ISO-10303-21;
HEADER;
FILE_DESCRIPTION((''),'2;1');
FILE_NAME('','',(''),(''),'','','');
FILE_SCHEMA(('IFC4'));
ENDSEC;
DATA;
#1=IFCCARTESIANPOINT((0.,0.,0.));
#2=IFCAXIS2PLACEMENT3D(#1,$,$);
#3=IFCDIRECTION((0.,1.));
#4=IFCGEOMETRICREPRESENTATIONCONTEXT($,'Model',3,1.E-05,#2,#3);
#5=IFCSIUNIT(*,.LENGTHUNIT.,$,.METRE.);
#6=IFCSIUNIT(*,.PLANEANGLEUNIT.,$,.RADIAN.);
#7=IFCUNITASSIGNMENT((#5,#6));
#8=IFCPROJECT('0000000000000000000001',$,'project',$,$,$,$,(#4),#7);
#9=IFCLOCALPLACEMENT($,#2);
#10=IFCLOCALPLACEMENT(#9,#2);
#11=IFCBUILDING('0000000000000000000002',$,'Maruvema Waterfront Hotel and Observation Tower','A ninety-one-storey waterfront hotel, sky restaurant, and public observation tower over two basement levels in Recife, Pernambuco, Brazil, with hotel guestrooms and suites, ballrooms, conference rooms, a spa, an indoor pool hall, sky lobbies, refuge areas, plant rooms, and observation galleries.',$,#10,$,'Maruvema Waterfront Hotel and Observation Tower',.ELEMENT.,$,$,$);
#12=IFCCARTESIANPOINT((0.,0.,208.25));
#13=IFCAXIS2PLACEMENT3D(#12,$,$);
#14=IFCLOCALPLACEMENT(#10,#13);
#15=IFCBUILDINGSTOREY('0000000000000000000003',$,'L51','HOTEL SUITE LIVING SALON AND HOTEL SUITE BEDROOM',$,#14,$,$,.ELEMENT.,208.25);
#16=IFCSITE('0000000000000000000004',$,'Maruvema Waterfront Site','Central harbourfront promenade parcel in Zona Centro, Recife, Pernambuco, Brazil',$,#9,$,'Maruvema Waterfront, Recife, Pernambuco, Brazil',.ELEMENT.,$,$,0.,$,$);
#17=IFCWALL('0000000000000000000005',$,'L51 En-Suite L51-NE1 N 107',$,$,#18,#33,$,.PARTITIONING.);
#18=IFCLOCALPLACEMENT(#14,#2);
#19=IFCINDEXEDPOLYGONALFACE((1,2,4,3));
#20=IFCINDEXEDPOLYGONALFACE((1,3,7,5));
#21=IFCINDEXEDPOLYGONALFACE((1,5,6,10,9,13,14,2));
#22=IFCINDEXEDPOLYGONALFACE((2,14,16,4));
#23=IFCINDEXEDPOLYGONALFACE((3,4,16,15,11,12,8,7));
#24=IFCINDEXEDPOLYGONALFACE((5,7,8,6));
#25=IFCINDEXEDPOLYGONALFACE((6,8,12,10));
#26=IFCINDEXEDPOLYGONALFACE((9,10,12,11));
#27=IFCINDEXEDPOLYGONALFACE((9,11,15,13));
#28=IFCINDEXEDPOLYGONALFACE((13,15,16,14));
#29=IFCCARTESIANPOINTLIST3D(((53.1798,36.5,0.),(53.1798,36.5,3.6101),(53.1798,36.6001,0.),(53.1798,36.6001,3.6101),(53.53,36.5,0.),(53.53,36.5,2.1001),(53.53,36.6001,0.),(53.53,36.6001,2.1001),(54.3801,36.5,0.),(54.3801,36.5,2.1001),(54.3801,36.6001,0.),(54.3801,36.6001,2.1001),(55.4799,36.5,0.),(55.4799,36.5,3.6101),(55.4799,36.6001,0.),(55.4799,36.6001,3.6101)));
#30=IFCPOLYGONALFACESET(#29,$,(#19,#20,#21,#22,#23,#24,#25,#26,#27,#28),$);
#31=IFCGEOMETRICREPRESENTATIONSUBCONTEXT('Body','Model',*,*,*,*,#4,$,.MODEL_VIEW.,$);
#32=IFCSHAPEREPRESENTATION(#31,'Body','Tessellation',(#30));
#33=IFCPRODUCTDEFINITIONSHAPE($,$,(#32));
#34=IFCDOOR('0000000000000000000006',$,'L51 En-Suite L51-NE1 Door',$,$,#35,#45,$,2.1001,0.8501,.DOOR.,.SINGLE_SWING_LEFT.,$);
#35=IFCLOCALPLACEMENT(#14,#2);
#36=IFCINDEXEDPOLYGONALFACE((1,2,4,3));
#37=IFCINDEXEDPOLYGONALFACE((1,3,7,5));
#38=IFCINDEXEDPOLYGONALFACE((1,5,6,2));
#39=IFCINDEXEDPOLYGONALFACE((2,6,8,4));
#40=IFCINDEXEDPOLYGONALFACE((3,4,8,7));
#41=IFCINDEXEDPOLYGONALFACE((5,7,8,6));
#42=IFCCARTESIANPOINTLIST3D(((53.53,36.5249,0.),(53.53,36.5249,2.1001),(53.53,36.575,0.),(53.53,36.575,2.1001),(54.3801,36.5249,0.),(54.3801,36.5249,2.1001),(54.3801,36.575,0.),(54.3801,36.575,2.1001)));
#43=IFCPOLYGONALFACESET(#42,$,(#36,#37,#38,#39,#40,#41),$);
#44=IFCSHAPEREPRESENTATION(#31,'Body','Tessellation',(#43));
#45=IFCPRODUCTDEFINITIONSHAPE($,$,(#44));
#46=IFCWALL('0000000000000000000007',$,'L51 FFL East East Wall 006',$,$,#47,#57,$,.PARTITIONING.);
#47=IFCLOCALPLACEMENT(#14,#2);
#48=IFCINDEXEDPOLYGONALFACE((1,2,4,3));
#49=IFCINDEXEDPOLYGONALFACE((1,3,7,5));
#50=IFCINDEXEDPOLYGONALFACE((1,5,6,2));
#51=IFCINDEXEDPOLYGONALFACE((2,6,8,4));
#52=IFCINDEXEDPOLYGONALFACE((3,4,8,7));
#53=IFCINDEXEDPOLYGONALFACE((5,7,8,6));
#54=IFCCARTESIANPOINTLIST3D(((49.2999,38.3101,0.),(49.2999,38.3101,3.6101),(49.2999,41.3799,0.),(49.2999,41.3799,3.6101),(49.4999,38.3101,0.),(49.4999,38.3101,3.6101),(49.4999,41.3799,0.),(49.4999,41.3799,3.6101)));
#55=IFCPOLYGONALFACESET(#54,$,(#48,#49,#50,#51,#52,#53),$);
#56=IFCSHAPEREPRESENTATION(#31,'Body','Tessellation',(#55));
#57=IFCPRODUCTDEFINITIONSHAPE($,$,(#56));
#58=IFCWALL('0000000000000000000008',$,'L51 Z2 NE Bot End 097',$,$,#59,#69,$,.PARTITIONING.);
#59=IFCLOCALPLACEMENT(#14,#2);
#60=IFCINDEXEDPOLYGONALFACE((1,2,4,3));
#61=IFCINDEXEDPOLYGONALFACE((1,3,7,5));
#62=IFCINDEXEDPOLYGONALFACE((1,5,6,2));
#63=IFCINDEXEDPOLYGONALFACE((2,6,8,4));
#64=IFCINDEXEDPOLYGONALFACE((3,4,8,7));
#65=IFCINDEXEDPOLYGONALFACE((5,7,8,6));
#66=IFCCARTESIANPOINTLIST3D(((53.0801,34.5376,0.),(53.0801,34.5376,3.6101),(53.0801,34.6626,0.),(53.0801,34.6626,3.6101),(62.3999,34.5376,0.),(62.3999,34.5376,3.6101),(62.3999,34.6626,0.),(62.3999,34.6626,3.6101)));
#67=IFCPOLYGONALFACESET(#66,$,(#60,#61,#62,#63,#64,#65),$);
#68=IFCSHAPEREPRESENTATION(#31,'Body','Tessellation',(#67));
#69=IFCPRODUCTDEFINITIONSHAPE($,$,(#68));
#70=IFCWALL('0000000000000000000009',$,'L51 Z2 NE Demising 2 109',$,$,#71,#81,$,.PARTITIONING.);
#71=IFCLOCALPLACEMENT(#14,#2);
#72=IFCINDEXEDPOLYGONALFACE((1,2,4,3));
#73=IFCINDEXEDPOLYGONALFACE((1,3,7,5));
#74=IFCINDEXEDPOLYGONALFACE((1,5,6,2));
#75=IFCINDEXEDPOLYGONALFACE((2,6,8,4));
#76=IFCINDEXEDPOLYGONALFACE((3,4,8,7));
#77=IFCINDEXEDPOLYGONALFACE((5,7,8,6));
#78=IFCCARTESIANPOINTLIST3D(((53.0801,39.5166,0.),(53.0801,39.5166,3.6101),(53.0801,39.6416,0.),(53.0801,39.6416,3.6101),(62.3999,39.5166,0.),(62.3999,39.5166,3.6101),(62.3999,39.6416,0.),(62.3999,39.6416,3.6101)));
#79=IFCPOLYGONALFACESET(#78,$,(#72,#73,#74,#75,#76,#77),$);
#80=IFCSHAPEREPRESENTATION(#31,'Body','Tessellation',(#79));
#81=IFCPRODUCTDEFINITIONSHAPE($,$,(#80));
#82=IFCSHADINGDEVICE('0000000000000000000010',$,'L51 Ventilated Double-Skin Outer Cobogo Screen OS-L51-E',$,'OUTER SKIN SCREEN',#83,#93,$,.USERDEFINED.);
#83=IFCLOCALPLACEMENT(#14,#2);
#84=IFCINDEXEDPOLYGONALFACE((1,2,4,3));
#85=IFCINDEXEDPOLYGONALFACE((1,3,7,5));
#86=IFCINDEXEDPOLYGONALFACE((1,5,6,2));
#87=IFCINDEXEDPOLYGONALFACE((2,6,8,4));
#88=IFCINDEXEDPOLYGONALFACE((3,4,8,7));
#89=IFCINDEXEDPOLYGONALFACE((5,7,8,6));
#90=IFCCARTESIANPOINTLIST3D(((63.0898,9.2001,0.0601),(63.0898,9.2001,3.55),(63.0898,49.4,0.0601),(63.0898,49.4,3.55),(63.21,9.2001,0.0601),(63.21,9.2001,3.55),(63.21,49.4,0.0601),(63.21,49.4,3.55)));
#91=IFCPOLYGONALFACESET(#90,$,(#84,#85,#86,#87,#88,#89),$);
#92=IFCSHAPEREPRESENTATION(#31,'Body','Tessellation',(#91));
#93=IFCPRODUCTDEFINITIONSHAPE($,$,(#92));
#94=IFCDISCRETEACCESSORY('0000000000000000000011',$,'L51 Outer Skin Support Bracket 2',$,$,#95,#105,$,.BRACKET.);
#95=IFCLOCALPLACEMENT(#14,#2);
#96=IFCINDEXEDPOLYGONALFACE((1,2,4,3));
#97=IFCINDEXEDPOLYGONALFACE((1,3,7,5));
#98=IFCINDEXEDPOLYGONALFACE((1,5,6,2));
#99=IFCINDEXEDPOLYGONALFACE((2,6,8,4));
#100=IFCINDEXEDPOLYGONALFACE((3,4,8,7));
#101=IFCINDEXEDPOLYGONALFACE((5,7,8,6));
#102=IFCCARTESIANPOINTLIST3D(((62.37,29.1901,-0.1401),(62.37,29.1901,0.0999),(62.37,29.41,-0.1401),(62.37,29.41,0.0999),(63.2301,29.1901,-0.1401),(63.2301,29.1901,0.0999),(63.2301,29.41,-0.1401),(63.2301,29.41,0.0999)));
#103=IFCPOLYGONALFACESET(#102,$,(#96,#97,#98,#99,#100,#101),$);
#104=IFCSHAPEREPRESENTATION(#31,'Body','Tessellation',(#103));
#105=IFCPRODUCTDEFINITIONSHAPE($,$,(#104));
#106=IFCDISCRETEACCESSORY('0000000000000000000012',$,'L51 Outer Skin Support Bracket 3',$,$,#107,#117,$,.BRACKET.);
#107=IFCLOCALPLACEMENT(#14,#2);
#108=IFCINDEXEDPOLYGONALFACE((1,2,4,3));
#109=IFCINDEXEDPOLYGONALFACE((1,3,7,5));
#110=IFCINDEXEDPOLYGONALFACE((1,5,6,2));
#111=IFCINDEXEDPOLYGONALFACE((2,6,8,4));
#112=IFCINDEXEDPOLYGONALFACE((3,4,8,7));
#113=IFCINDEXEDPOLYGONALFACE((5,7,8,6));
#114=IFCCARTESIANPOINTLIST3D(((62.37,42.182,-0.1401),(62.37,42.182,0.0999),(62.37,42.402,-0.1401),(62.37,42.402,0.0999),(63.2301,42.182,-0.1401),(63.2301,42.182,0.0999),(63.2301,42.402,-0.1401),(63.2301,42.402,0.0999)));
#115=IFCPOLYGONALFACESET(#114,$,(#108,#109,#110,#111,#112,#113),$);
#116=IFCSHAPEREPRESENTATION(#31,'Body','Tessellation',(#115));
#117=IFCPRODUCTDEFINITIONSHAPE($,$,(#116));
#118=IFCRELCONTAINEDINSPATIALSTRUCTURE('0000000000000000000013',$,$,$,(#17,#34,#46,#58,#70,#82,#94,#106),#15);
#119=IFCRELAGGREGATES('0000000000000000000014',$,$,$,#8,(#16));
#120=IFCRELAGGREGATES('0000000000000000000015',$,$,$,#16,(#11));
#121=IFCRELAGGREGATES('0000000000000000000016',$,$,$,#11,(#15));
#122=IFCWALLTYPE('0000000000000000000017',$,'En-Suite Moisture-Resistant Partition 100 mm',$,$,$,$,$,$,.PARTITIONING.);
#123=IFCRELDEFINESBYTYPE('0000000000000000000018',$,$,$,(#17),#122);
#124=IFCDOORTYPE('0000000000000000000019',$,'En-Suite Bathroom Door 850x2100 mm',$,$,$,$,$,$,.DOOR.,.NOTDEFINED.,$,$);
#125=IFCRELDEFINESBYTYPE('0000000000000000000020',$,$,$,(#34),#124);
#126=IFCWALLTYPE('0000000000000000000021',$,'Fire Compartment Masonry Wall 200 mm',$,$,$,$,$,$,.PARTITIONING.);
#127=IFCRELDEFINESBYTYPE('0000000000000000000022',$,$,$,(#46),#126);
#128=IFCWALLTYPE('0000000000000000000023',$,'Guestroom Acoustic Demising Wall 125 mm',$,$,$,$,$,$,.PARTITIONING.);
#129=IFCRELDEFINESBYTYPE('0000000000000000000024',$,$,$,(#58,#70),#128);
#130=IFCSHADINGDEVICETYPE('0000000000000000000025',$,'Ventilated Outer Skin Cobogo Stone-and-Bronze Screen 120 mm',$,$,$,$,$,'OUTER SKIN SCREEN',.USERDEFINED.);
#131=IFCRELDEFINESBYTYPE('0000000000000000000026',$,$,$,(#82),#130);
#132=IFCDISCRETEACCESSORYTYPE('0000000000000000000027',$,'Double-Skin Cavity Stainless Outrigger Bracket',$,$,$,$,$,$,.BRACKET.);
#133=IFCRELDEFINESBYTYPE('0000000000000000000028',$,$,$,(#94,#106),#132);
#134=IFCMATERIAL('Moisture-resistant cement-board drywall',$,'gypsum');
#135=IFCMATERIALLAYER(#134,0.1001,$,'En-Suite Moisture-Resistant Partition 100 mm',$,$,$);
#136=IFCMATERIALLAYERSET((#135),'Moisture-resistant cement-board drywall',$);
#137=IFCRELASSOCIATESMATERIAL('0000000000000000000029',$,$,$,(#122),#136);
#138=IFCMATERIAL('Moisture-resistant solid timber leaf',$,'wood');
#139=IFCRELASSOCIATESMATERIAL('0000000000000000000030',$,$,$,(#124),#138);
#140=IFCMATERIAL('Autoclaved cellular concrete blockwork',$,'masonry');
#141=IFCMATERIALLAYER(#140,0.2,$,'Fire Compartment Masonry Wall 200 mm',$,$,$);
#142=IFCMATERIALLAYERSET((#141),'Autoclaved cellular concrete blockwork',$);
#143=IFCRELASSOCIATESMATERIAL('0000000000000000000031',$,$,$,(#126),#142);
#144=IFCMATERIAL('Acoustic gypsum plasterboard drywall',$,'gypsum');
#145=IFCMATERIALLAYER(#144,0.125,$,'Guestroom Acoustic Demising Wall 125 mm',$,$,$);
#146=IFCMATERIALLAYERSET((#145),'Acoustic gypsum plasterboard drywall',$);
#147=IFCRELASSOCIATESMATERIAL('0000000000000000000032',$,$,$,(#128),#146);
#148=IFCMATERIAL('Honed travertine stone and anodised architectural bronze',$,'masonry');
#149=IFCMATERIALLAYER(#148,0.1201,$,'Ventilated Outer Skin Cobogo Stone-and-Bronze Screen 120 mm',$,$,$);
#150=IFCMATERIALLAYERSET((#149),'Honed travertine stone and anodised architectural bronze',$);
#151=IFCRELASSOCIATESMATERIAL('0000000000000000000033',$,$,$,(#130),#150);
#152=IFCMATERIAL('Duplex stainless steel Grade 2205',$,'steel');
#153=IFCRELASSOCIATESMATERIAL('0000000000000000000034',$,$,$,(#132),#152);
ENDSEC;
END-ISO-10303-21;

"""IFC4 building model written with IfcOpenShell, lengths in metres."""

from ifc_helpers import new_model, si_unit, direction, frame, frame_2d, origin, origin_2d, place, context, subcontext, project, spatial, rectangle, extrude, material, layer, layer_set, type_object, element, fill, save


model = new_model("IFC4")

# Units and contexts
model_context = context("Model", 3, precision=1e-05, world=origin(), true_north=direction((0.0, 1.0)))
body_context = subcontext(model_context, "Body", "Model", "MODEL_VIEW")
ifc_project = project(units=[si_unit("LENGTHUNIT", "METRE"), si_unit("PLANEANGLEUNIT", "RADIAN")], contexts=[model_context])

# Site, building, storey
site_placement = place(None, origin())
site = spatial("IfcSite", under=ifc_project, at=site_placement, Name="Maruvema Waterfront Site", Description="Central harbourfront promenade parcel in Zona Centro, Recife, Pernambuco, Brazil", LongName="Maruvema Waterfront, Recife, Pernambuco, Brazil", CompositionType="ELEMENT", RefElevation=0.0)
building_placement = place(site_placement, origin())
building = spatial("IfcBuilding", under=site, at=building_placement, Name="Maruvema Waterfront Hotel and Observation Tower", Description="A ninety-one-storey waterfront hotel, sky restaurant, and public observation tower over two basement levels in Recife, Pernambuco, Brazil, with hotel guestrooms and suites, ballrooms, conference rooms, a spa, an indoor pool hall, sky lobbies, refuge areas, plant rooms, and observation galleries.", LongName="Maruvema Waterfront Hotel and Observation Tower", CompositionType="ELEMENT")
storey_placement = place(building_placement, frame((0.0, 0.0, 208.25)))
storey = spatial("IfcBuildingStorey", under=building, at=storey_placement, Name="L51", Description="HOTEL SUITE LIVING SALON AND HOTEL SUITE BEDROOM", CompositionType="ELEMENT", Elevation=208.25)

# Shared definitions
ifc_material_1 = material(Name="Moisture-resistant cement-board drywall", Category="gypsum")
ifc_layer_1 = layer(ifc_material_1, 0.1001, Name="En-Suite Moisture-Resistant Partition 100 mm")
ifc_layer_set_1 = layer_set([ifc_layer_1], Name="Moisture-resistant cement-board drywall")
wall_type_1 = type_object("IfcWallType", Name="En-Suite Moisture-Resistant Partition 100 mm", PredefinedType="PARTITIONING", material=ifc_layer_set_1)

# Wall, opening, door
wall_1_placement = place(storey_placement, frame((53.1799, 36.55, 0.0), z_axis=(0.0, 0.0, 1.0), x_axis=(1.0, 0.0, 0.0)))
wall_1 = element("IfcWall", 1, at=wall_1_placement, inside=storey, type_object=wall_type_1, Name="L51 En-Suite L51-NE1 N 107", PredefinedType="PARTITIONING", context=body_context, shape_type="SweptSolid", body=[
    extrude(rectangle(XDim=2.3, YDim=0.1001, at=frame_2d((1.1499, 0.0))), origin(), (0.0, 0.0, 1.0), 3.6101),
])
opening_1_placement = place(wall_1_placement, frame((0.3501, 0.0, 0.0)))
opening_1 = element("IfcOpeningElement", 2, at=opening_1_placement, cuts=wall_1, PredefinedType="OPENING", context=body_context, shape_type="SweptSolid", body=[
    extrude(rectangle(XDim=0.8501, YDim=2.1001, at=frame_2d((0.425, 1.05))), frame((0.0, 0.0601, 0.0), z_axis=(0.0, -1.0, 0.0), x_axis=(1.0, 0.0, 0.0)), (0.0, 0.0, 1.0), 0.1201),
])
ifc_material_2 = material(Name="Moisture-resistant solid timber leaf", Category="wood")
door_type_1 = type_object("IfcDoorType", Name="En-Suite Bathroom Door 850x2100 mm", OperationType="NOTDEFINED", PredefinedType="DOOR", material=ifc_material_2)
door_1_placement = place(opening_1_placement, origin())
door_1 = element("IfcDoor", 3, at=door_1_placement, inside=storey, type_object=door_type_1, Name="L51 En-Suite L51-NE1 Door", OperationType="SINGLE_SWING_LEFT", OverallHeight=2.1001, OverallWidth=0.8501, PredefinedType="DOOR", context=body_context, shape_type="SweptSolid", body=[
    extrude(rectangle(XDim=0.8501, YDim=2.1001, at=frame_2d((0.425, 1.05))), frame((0.0, 0.0249, 0.0), z_axis=(0.0, -1.0, 0.0), x_axis=(1.0, 0.0, 0.0)), (0.0, 0.0, 1.0), 0.05),
])
fill(opening_1, door_1)

# Walls
ifc_material_3 = material(Name="Autoclaved cellular concrete blockwork", Category="masonry")
ifc_layer_2 = layer(ifc_material_3, 0.2, Name="Fire Compartment Masonry Wall 200 mm")
ifc_layer_set_2 = layer_set([ifc_layer_2], Name="Autoclaved cellular concrete blockwork")
wall_type_2 = type_object("IfcWallType", Name="Fire Compartment Masonry Wall 200 mm", PredefinedType="PARTITIONING", material=ifc_layer_set_2)
wall_2_placement = place(storey_placement, frame((49.3999, 38.3101, 0.0), z_axis=(0.0, 0.0, 1.0), x_axis=(0.0, 1.0, 0.0)))
element("IfcWall", 4, at=wall_2_placement, inside=storey, type_object=wall_type_2, Name="L51 FFL East East Wall 006", PredefinedType="PARTITIONING", context=body_context, shape_type="SweptSolid", body=[
    extrude(rectangle(XDim=3.0698, YDim=0.2, at=frame_2d((1.5349, 0.0))), origin(), (0.0, 0.0, 1.0), 3.6101),
])
ifc_material_4 = material(Name="Acoustic gypsum plasterboard drywall", Category="gypsum")
ifc_layer_3 = layer(ifc_material_4, 0.125, Name="Guestroom Acoustic Demising Wall 125 mm")
ifc_layer_set_3 = layer_set([ifc_layer_3], Name="Acoustic gypsum plasterboard drywall")
wall_type_3 = type_object("IfcWallType", Name="Guestroom Acoustic Demising Wall 125 mm", PredefinedType="PARTITIONING", material=ifc_layer_set_3)
for number, where, z_axis, x_axis, name in (
    (5, (53.0801, 34.6001, 0.0), (0.0, 0.0, 1.0), (1.0, 0.0, 0.0), "L51 Z2 NE Bot End 097"),
    (6, (53.0801, 39.5791, 0.0), (0.0, 0.0, 1.0), (1.0, 0.0, 0.0), "L51 Z2 NE Demising 2 109"),
):
    element("IfcWall", number, at=place(storey_placement, frame(where, z_axis=z_axis, x_axis=x_axis)), inside=storey, type_object=wall_type_3, Name=name, PredefinedType="PARTITIONING", context=body_context, shape_type="SweptSolid", body=[
        extrude(rectangle(XDim=9.3198, YDim=0.125, at=frame_2d((4.6599, 0.0))), origin(), (0.0, 0.0, 1.0), 3.6101),
    ])

# Shading device
ifc_material_5 = material(Name="Honed travertine stone and anodised architectural bronze", Category="masonry")
ifc_layer_4 = layer(ifc_material_5, 0.1201, Name="Ventilated Outer Skin Cobogo Stone-and-Bronze Screen 120 mm")
ifc_layer_set_4 = layer_set([ifc_layer_4], Name="Honed travertine stone and anodised architectural bronze")
shading_device_type = type_object("IfcShadingDeviceType", Name="Ventilated Outer Skin Cobogo Stone-and-Bronze Screen 120 mm", ElementType="OUTER SKIN SCREEN", PredefinedType="USERDEFINED", material=ifc_layer_set_4)
shading_device_placement = place(storey_placement, frame((63.1499, 29.3, 0.0601), z_axis=(0.0, 0.0, 1.0), x_axis=(0.0, 1.0, 0.0)))
element("IfcShadingDevice", 7, at=shading_device_placement, inside=storey, type_object=shading_device_type, Name="L51 Ventilated Double-Skin Outer Cobogo Screen OS-L51-E", ObjectType="OUTER SKIN SCREEN", PredefinedType="USERDEFINED", context=body_context, shape_type="SweptSolid", body=[
    extrude(rectangle(XDim=40.2, YDim=0.1201, at=origin_2d()), origin(), (0.0, 0.0, 1.0), 3.49),
])

# Discrete accessories
ifc_material_6 = material(Name="Duplex stainless steel Grade 2205", Category="steel")
discrete_accessory_type = type_object("IfcDiscreteAccessoryType", Name="Double-Skin Cavity Stainless Outrigger Bracket", PredefinedType="BRACKET", material=ifc_material_6)
for number, where, z_axis, x_axis, name in (
    (8, (62.8, 29.3, -0.1401), (0.0, 0.0, 1.0), (0.0, 1.0, 0.0), "L51 Outer Skin Support Bracket 2"),
    (9, (62.8, 42.292, -0.1401), (0.0, 0.0, 1.0), (0.0, 1.0, 0.0), "L51 Outer Skin Support Bracket 3"),
):
    element("IfcDiscreteAccessory", number, at=place(storey_placement, frame(where, z_axis=z_axis, x_axis=x_axis)), inside=storey, type_object=discrete_accessory_type, Name=name, PredefinedType="BRACKET", context=body_context, shape_type="SweptSolid", body=[
        extrude(rectangle(XDim=0.22, YDim=0.8601, at=origin_2d()), origin(), (0.0, 0.0, 1.0), 0.24),
    ])

save(model, "model.ifc")
